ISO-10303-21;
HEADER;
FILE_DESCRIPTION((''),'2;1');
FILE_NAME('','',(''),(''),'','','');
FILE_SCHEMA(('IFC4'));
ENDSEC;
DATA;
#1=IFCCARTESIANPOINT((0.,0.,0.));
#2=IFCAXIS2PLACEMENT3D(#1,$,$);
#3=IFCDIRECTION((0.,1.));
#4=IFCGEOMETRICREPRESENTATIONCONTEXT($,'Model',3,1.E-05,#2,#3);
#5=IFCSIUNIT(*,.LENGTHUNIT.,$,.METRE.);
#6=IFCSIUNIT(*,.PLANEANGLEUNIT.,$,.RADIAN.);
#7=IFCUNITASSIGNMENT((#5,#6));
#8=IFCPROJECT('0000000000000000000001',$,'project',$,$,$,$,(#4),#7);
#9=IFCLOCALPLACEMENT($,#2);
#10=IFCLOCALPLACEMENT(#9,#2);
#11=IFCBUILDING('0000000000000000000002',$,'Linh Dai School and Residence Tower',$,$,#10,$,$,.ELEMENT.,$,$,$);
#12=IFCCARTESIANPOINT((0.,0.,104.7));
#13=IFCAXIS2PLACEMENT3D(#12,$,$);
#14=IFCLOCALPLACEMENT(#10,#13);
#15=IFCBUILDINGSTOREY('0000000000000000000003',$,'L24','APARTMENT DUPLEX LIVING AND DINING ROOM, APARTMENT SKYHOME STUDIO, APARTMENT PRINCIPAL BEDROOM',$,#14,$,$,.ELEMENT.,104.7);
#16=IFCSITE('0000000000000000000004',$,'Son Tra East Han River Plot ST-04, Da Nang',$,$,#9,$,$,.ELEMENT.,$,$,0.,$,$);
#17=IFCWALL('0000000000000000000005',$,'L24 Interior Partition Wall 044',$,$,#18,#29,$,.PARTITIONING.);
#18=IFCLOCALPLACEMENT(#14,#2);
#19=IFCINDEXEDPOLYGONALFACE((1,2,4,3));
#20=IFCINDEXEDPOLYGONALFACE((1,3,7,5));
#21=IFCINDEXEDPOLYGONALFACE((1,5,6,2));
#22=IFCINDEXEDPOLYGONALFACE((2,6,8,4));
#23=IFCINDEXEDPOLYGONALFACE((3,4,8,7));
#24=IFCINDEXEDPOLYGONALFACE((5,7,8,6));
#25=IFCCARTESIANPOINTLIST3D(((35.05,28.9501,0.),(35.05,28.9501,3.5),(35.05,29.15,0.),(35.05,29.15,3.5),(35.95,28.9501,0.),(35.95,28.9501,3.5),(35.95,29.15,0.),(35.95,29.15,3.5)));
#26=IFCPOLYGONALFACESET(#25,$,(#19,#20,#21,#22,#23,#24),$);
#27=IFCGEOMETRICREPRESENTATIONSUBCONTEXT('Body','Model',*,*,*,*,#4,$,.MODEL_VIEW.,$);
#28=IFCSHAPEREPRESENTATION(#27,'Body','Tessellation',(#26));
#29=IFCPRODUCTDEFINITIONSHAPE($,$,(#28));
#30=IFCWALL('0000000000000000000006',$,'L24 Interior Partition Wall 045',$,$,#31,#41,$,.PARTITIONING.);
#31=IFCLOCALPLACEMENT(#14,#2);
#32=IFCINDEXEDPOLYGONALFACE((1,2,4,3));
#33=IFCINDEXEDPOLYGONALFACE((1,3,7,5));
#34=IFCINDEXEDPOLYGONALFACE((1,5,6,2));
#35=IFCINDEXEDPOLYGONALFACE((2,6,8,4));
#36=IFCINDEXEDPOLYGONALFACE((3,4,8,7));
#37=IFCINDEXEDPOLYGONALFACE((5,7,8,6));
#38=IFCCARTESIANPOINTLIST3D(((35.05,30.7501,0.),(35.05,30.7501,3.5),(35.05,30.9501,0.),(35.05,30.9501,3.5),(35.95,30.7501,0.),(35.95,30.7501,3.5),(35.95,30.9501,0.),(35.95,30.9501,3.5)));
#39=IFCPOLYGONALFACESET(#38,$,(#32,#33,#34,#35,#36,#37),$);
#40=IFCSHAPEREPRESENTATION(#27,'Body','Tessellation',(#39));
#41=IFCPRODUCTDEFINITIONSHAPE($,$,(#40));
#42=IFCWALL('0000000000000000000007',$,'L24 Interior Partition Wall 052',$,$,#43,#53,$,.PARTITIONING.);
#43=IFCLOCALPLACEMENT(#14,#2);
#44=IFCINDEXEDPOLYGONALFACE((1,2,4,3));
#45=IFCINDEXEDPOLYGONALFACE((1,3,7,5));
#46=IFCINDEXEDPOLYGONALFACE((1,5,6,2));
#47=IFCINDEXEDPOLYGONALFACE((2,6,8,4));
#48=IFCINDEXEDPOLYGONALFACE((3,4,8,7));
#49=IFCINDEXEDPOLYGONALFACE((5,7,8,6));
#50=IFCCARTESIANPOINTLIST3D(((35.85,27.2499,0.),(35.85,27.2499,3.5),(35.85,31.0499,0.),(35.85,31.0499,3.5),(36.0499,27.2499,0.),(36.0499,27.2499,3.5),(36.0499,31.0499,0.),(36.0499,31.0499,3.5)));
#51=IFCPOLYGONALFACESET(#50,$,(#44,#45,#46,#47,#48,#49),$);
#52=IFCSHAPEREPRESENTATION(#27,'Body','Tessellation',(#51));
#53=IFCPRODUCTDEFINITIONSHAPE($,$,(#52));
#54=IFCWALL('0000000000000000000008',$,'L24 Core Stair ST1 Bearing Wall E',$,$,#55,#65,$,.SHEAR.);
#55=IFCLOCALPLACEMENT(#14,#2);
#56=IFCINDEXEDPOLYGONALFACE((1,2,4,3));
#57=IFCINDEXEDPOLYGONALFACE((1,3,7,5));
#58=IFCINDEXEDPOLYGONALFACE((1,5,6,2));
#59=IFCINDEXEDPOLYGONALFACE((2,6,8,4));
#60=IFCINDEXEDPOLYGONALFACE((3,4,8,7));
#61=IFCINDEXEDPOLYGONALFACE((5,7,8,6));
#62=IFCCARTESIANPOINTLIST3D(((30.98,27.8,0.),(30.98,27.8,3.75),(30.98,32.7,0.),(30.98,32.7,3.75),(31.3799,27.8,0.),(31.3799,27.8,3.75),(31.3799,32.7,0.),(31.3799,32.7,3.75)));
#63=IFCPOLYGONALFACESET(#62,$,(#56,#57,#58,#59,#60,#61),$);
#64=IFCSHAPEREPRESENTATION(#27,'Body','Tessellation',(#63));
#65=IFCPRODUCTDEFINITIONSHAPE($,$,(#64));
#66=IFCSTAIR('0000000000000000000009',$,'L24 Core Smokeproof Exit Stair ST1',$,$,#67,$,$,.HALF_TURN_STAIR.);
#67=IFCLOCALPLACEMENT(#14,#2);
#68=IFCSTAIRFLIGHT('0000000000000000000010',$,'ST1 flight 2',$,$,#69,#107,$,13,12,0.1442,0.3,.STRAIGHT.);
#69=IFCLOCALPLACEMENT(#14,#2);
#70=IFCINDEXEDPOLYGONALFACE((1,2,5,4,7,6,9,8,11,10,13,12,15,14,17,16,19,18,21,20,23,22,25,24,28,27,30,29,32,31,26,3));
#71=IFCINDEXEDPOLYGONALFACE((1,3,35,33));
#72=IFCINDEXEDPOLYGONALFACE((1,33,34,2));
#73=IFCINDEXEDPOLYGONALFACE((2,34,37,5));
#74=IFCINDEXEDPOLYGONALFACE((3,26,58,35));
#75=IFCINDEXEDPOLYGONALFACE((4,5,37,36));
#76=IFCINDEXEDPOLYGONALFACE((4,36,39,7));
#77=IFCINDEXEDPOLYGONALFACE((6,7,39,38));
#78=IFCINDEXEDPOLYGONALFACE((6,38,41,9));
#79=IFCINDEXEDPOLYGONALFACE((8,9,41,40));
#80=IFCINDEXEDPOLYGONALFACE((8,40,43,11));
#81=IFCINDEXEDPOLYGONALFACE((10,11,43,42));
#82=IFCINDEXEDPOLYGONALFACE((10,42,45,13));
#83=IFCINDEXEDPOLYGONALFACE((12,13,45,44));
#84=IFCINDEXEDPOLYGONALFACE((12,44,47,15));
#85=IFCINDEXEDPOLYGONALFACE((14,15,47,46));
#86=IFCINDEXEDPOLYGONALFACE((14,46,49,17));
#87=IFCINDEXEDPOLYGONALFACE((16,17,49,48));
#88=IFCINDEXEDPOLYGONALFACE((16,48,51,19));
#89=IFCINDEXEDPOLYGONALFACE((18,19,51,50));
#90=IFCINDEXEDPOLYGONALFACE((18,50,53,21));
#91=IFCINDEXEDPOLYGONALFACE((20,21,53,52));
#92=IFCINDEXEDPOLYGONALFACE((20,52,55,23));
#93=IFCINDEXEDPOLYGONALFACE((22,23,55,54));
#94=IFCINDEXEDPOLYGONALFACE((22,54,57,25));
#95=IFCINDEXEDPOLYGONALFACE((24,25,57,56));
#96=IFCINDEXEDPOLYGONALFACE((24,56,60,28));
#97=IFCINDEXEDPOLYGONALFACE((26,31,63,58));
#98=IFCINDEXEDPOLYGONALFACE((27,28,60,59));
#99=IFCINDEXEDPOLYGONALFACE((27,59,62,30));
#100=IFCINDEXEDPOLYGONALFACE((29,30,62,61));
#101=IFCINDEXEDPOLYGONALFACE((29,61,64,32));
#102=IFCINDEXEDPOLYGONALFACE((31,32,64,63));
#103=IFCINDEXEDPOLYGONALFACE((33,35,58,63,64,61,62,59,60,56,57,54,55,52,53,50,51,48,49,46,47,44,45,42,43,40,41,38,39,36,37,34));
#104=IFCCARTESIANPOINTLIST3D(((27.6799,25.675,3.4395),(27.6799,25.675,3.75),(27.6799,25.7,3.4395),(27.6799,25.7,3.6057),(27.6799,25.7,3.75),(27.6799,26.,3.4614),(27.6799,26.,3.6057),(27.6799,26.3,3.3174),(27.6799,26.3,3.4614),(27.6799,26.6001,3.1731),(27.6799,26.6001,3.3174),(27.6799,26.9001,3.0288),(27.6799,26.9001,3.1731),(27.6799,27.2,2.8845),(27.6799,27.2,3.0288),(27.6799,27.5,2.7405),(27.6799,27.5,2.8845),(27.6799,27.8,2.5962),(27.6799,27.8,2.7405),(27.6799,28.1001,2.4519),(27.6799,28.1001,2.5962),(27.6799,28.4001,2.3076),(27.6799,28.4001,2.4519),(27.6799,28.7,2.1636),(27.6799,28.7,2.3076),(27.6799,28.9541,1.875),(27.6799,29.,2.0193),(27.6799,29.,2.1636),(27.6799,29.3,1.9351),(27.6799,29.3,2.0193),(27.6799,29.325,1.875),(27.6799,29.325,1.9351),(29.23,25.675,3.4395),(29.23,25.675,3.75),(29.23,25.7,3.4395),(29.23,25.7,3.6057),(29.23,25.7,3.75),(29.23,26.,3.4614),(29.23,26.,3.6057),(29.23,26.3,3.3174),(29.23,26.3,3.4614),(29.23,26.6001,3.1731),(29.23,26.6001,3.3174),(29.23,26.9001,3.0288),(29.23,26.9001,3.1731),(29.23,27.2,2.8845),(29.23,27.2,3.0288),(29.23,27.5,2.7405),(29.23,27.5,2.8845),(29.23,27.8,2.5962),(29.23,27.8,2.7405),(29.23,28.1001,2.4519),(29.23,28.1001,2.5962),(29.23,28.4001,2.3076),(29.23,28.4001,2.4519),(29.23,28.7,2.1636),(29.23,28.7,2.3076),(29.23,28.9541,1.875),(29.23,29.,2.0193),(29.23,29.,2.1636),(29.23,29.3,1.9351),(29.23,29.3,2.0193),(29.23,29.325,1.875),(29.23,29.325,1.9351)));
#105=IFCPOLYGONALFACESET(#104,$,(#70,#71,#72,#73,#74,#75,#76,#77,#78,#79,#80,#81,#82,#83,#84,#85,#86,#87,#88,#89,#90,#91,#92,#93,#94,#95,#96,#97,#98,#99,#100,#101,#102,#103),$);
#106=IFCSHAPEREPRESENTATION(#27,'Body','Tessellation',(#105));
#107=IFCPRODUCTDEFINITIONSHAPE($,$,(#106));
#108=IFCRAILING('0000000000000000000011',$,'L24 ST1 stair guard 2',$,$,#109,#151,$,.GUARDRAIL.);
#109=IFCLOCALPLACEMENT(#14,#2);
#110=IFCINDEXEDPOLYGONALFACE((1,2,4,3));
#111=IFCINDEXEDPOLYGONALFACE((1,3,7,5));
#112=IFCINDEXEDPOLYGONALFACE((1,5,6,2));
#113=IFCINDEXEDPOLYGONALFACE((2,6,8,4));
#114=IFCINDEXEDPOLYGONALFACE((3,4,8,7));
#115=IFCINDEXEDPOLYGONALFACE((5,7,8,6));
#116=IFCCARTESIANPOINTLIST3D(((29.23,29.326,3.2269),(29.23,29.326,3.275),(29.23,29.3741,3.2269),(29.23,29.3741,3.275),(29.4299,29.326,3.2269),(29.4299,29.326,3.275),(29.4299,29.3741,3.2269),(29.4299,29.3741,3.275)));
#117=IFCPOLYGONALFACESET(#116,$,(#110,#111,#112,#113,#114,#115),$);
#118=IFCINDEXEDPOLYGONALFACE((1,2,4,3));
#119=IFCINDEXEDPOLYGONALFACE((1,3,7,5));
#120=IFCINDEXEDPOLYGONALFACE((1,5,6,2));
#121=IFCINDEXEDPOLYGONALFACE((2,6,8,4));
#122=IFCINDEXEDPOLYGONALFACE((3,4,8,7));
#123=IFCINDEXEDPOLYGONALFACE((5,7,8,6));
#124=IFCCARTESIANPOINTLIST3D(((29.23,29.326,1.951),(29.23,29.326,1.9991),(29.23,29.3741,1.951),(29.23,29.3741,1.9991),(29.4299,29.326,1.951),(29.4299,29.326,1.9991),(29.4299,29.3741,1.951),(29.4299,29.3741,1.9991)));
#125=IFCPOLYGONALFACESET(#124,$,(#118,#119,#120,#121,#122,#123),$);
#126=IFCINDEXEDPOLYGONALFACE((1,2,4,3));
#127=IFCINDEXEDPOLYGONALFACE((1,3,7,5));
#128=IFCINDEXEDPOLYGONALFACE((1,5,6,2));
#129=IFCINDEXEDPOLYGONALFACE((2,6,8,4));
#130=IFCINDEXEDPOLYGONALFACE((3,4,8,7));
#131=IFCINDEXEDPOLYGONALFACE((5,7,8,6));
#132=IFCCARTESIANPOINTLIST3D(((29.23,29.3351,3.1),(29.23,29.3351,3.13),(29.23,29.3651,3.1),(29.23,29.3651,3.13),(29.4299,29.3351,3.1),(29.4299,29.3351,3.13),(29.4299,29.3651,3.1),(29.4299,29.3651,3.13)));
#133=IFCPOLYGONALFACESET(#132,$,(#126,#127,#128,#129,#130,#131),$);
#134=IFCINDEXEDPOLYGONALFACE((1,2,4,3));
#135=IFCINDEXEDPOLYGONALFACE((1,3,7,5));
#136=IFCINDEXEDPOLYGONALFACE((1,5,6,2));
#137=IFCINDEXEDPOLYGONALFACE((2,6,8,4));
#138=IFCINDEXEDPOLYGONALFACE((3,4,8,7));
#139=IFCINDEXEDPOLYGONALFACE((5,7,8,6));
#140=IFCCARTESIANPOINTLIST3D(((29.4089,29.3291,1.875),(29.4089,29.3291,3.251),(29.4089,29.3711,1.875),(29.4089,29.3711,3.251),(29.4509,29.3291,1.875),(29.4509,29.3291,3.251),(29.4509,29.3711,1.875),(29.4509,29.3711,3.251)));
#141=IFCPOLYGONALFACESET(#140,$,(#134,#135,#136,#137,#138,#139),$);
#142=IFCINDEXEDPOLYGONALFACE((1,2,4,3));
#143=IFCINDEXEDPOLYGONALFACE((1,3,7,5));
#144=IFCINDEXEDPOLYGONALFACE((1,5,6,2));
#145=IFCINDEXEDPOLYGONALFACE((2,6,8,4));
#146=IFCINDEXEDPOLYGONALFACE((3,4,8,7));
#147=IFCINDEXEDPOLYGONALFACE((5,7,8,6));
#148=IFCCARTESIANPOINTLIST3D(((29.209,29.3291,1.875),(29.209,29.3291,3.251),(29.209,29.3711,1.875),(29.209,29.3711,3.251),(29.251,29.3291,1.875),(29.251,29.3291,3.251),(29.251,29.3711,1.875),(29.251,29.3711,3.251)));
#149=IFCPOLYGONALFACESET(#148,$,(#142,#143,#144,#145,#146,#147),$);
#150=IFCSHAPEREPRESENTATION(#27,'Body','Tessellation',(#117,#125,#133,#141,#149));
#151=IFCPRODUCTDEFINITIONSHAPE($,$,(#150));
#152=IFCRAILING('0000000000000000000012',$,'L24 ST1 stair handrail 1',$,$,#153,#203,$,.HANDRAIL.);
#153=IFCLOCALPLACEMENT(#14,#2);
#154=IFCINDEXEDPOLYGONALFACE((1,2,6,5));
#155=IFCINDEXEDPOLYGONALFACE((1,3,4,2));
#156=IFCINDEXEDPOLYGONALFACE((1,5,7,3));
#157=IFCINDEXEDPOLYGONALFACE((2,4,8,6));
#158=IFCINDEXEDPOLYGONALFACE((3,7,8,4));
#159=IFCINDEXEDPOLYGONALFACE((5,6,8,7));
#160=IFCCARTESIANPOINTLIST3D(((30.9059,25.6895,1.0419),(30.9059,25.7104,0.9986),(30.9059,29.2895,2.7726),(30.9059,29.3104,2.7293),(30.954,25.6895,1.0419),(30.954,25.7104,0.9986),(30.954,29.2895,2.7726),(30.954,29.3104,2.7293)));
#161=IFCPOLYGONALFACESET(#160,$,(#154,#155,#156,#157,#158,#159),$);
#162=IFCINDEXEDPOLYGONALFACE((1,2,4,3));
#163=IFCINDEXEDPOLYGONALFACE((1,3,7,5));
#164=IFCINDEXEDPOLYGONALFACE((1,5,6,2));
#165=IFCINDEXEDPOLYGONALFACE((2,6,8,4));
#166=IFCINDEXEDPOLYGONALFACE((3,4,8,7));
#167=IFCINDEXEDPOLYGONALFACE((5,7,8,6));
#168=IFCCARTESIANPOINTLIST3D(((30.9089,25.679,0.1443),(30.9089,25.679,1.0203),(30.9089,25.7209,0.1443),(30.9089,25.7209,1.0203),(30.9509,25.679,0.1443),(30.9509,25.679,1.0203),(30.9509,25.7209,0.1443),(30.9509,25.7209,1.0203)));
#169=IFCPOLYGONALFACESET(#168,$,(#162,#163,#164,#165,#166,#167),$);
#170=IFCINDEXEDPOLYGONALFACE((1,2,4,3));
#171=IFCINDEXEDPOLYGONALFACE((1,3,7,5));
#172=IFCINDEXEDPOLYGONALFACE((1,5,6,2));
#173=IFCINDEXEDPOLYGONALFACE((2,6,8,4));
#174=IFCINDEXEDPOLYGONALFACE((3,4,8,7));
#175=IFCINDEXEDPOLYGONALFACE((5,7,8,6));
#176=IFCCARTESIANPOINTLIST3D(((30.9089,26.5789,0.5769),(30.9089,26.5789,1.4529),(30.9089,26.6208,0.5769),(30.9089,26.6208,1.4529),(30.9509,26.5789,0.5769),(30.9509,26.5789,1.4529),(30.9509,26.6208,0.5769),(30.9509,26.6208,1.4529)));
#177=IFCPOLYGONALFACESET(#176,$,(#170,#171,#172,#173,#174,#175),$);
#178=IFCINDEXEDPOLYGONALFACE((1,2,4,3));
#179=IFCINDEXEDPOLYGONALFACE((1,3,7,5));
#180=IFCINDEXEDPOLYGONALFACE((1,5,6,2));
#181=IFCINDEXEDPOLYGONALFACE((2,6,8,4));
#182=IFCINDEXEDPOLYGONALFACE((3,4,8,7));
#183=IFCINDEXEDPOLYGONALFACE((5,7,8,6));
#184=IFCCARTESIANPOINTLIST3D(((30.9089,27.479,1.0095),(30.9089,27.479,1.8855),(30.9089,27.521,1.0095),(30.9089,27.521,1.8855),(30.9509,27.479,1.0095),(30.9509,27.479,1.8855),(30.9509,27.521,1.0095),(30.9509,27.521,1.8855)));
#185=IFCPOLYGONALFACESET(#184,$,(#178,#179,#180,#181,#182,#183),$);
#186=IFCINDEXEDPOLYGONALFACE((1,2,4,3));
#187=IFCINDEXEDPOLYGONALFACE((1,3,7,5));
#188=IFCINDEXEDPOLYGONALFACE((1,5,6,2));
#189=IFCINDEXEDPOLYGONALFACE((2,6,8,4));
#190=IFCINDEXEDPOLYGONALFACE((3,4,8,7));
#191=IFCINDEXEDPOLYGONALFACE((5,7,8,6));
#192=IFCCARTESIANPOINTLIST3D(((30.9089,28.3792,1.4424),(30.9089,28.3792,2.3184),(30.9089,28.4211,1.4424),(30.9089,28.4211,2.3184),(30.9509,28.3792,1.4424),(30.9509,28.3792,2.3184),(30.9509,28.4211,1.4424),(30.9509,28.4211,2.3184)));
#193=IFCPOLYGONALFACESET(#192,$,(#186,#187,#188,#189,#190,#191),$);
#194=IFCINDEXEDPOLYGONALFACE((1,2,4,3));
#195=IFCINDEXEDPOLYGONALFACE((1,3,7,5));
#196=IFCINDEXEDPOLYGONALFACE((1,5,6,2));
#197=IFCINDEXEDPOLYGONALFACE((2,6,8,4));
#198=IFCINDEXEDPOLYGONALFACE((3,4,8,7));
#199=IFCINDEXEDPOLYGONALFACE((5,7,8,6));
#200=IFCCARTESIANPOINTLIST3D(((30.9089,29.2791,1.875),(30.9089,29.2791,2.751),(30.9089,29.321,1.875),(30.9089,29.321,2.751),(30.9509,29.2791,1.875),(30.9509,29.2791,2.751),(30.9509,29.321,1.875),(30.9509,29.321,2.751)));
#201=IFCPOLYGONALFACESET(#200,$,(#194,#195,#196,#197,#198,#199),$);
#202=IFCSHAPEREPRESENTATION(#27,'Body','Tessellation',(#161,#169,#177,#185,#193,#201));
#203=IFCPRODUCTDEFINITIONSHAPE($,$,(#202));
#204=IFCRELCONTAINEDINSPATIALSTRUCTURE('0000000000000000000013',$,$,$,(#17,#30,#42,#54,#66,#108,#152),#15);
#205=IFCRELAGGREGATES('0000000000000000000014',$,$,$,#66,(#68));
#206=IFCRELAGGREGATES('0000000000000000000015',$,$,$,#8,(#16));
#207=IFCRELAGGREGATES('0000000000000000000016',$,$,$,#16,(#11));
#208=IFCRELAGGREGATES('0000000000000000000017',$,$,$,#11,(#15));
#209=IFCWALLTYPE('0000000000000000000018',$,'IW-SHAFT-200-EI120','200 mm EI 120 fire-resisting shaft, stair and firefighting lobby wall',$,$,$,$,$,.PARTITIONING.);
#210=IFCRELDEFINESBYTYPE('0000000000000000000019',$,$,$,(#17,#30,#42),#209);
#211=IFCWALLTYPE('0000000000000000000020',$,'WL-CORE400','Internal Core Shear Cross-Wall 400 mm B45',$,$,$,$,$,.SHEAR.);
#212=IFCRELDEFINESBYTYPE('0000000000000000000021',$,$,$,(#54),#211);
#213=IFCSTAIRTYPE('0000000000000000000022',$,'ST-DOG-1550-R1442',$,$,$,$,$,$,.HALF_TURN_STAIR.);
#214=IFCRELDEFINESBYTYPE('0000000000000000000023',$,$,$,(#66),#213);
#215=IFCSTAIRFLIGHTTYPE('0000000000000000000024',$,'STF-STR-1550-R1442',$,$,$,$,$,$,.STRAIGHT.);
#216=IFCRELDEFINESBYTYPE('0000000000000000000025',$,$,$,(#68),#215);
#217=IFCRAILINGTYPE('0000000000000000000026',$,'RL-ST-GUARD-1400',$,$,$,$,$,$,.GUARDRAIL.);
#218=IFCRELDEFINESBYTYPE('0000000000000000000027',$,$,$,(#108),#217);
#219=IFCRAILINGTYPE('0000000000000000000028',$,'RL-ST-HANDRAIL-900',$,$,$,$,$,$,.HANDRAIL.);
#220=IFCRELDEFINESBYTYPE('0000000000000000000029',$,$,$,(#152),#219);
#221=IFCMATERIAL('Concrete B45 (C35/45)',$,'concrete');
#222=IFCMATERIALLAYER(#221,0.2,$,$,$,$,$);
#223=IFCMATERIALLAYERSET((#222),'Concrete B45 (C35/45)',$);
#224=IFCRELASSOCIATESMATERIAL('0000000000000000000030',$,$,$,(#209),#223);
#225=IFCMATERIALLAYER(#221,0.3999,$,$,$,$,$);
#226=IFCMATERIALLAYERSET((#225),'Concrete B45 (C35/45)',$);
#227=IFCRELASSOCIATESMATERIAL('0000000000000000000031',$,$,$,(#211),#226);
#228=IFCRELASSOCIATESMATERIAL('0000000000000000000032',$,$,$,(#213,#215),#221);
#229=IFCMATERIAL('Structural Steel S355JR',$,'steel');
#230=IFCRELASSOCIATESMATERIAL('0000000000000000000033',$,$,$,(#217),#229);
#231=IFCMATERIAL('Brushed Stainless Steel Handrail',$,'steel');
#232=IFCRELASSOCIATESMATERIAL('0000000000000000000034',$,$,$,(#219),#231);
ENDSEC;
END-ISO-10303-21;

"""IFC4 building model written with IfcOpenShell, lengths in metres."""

from ifc_helpers import new_model, si_unit, direction, frame, frame_2d, origin, origin_2d, place, context, subcontext, project, spatial, polyline, rectangle, outline, extrude, source, transform, mapped, material, layer, layer_set, type_object, element, aggregate, save


model = new_model("IFC4")

# Units and contexts
model_context = context("Model", 3, precision=1e-05, world=origin(), true_north=direction((0.0, 1.0)))
body_context = subcontext(model_context, "Body", "Model", "MODEL_VIEW")
ifc_project = project(units=[si_unit("LENGTHUNIT", "METRE"), si_unit("PLANEANGLEUNIT", "RADIAN")], contexts=[model_context])

# Site, building, storey
site_placement = place(None, origin())
site = spatial("IfcSite", under=ifc_project, at=site_placement, Name="Son Tra East Han River Plot ST-04, Da Nang", CompositionType="ELEMENT", RefElevation=0.0)
building_placement = place(site_placement, origin())
building = spatial("IfcBuilding", under=site, at=building_placement, Name="Linh Dai School and Residence Tower", CompositionType="ELEMENT")
storey_placement = place(building_placement, frame((0.0, 0.0, 104.7)))
storey = spatial("IfcBuildingStorey", under=building, at=storey_placement, Name="L24", Description="APARTMENT DUPLEX LIVING AND DINING ROOM, APARTMENT SKYHOME STUDIO, APARTMENT PRINCIPAL BEDROOM", CompositionType="ELEMENT", Elevation=104.7)

# Shared definitions
ifc_material_1 = material(Name="Structural Steel S355JR", Category="steel")

# Shared definitions
ifc_material_2 = material(Name="Concrete B45 (C35/45)", Category="concrete")
ifc_layer_1 = layer(ifc_material_2, 0.2)
ifc_layer_set_1 = layer_set([ifc_layer_1], Name="Concrete B45 (C35/45)")
wall_type_1 = type_object("IfcWallType", Name="IW-SHAFT-200-EI120", Description="200 mm EI 120 fire-resisting shaft, stair and firefighting lobby wall", PredefinedType="PARTITIONING", material=ifc_layer_set_1)

# Walls
for number, where, z_axis, x_axis, name in (
    (1, (35.05, 29.05, 0.0), (0.0, 0.0, 1.0), (1.0, 0.0, 0.0), "L24 Interior Partition Wall 044"),
    (2, (35.05, 30.8501, 0.0), (0.0, 0.0, 1.0), (1.0, 0.0, 0.0), "L24 Interior Partition Wall 045"),
):
    element("IfcWall", number, at=place(storey_placement, frame(where, z_axis=z_axis, x_axis=x_axis)), inside=storey, type_object=wall_type_1, Name=name, PredefinedType="PARTITIONING", context=body_context, shape_type="SweptSolid", body=[
        extrude(rectangle(XDim=0.8999, YDim=0.2, at=frame_2d((0.45, 0.0))), origin(), (0.0, 0.0, 1.0), 3.5),
    ])
wall_1_placement = place(storey_placement, frame((35.95, 27.25, 0.0), z_axis=(0.0, 0.0, 1.0), x_axis=(0.0, 1.0, 0.0)))
element("IfcWall", 3, at=wall_1_placement, inside=storey, type_object=wall_type_1, Name="L24 Interior Partition Wall 052", PredefinedType="PARTITIONING", context=body_context, shape_type="SweptSolid", body=[
    extrude(rectangle(XDim=3.8, YDim=0.2, at=frame_2d((1.8999, 0.0))), origin(), (0.0, 0.0, 1.0), 3.5),
])

# Wall
ifc_layer_2 = layer(ifc_material_2, 0.3999)
ifc_layer_set_2 = layer_set([ifc_layer_2], Name="Concrete B45 (C35/45)")
wall_type_2 = type_object("IfcWallType", Name="WL-CORE400", Description="Internal Core Shear Cross-Wall 400 mm B45", PredefinedType="SHEAR", material=ifc_layer_set_2)
wall_2_placement = place(storey_placement, frame((31.1799, 27.8, 0.0), z_axis=(0.0, 0.0, 1.0), x_axis=(0.0, 1.0, 0.0)))
element("IfcWall", 4, at=wall_2_placement, inside=storey, type_object=wall_type_2, Name="L24 Core Stair ST1 Bearing Wall E", PredefinedType="SHEAR", context=body_context, shape_type="SweptSolid", body=[
    extrude(rectangle(XDim=4.8999, YDim=0.3999, at=frame_2d((2.45, 0.0))), origin(), (0.0, 0.0, 1.0), 3.75),
])

# Stair, stair flight
stair_type = type_object("IfcStairType", Name="ST-DOG-1550-R1442", PredefinedType="HALF_TURN_STAIR", material=ifc_material_2)
stair_placement = place(storey_placement, origin())
stair = element("IfcStair", 5, at=stair_placement, inside=storey, type_object=stair_type, Name="L24 Core Smokeproof Exit Stair ST1", PredefinedType="HALF_TURN_STAIR")
stair_flight_type = type_object("IfcStairFlightType", Name="STF-STR-1550-R1442", PredefinedType="STRAIGHT", material=ifc_material_2)
shared_shape_1 = source(origin(), body_context, "Body", "SweptSolid", [
    extrude(outline(polyline([(-0.0249, 0.0), (-0.0249, 0.0601), (0.0, 0.0601), (0.0, 0.1443), (0.3, 0.1443), (0.3, 0.2886), (0.6001, 0.2886), (0.6001, 0.4326), (0.8999, 0.4326), (0.8999, 0.5769), (1.2, 0.5769), (1.2, 0.7212), (1.5, 0.7212), (1.5, 0.8655), (1.8, 0.8655), (1.8, 1.0095), (2.1001, 1.0095), (2.1001, 1.1538), (2.3999, 1.1538), (2.3999, 1.2981), (2.7, 1.2981), (2.7, 1.4424), (3.0, 1.4424), (3.0, 1.5864), (3.3, 1.5864), (3.3, 1.7307), (3.6001, 1.7307), (3.6001, 1.875), (3.625, 1.875), (3.625, 1.5645), (3.6001, 1.5645), (0.3459, 0.0), (-0.0249, 0.0)])), frame((0.0, 0.7749, 0.0), z_axis=(0.0, -1.0, 0.0), x_axis=(1.0, 0.0, 0.0)), (0.0, 0.0, 1.0), 1.55),
])
stair_flight_placement = place(storey_placement, frame((28.4551, 29.3, 1.875), z_axis=(0.0, 0.0, 1.0), x_axis=(0.0, -1.0, 0.0)))
stair_flight = element("IfcStairFlight", 6, at=stair_flight_placement, type_object=stair_flight_type, Name="ST1 flight 2", NumberOfRisers=13, NumberOfTreads=12, PredefinedType="STRAIGHT", RiserHeight=0.1442, TreadLength=0.3, context=body_context, shape_type="MappedRepresentation", body=[
    mapped(shared_shape_1, transform((0.0, 0.0, 0.0), x_axis=(1.0, 0.0, 0.0), y_axis=(0.0, 1.0, 0.0), z_axis=(0.0, 0.0, 1.0), scale=1.0)),
])
aggregate(stair, [stair_flight])

# Railings
railing_type_1 = type_object("IfcRailingType", Name="RL-ST-GUARD-1400", PredefinedType="GUARDRAIL", material=ifc_material_1)
shared_shape_2 = source(origin(), body_context, "Body", "SweptSolid", [
    extrude(rectangle(XDim=0.0481, YDim=0.0481, at=origin_2d()), frame((0.0, 0.0, 1.376), z_axis=(-1.0, 0.0, 0.0), x_axis=(0.0, -1.0, 0.0)), (0.0, 0.0, 1.0), 0.2),
    extrude(rectangle(XDim=0.0481, YDim=0.0481, at=origin_2d()), frame((0.0, 0.0, 0.1001), z_axis=(-1.0, 0.0, 0.0), x_axis=(0.0, -1.0, 0.0)), (0.0, 0.0, 1.0), 0.2),
    extrude(rectangle(XDim=0.03, YDim=0.03, at=origin_2d()), frame((0.0, 0.0, 1.24), z_axis=(-1.0, 0.0, 0.0), x_axis=(0.0, -1.0, 0.0)), (0.0, 0.0, 1.0), 0.2),
    extrude(rectangle(XDim=0.042, YDim=0.042, at=origin_2d()), origin(), (0.0, 0.0, 1.0), 1.376),
    extrude(rectangle(XDim=0.042, YDim=0.042, at=origin_2d()), frame((-0.2, 0.0, 0.0)), (0.0, 0.0, 1.0), 1.376),
])
railing_1_placement = place(storey_placement, frame((29.4299, 29.3501, 1.875)))
element("IfcRailing", 7, at=railing_1_placement, inside=storey, type_object=railing_type_1, Name="L24 ST1 stair guard 2", PredefinedType="GUARDRAIL", context=body_context, shape_type="MappedRepresentation", body=[
    mapped(shared_shape_2, transform((0.0, 0.0, 0.0), x_axis=(1.0, 0.0, 0.0), y_axis=(0.0, 1.0, 0.0), z_axis=(0.0, 0.0, 1.0), scale=1.0)),
])
ifc_material_3 = material(Name="Brushed Stainless Steel Handrail", Category="steel")
railing_type_2 = type_object("IfcRailingType", Name="RL-ST-HANDRAIL-900", PredefinedType="HANDRAIL", material=ifc_material_3)
shared_shape_3 = source(origin(), body_context, "Body", "SweptSolid", [
    extrude(rectangle(XDim=0.0481, YDim=0.0481, at=origin_2d()), frame((0.0, 0.0, 0.876), z_axis=(0.0, 0.901263, 0.433273), x_axis=(-1.0, 0.0, 0.0)), (0.0, 0.0, 1.0), 3.9944),
    extrude(rectangle(XDim=0.042, YDim=0.042, at=origin_2d()), origin(), (0.0, 0.0, 1.0), 0.876),
    extrude(rectangle(XDim=0.042, YDim=0.042, at=origin_2d()), frame((0.0, 0.8999, 0.4326)), (0.0, 0.0, 1.0), 0.876),
    extrude(rectangle(XDim=0.042, YDim=0.042, at=origin_2d()), frame((0.0, 1.8, 0.8652)), (0.0, 0.0, 1.0), 0.876),
    extrude(rectangle(XDim=0.042, YDim=0.042, at=origin_2d()), frame((0.0, 2.7002, 1.2981)), (0.0, 0.0, 1.0), 0.876),
    extrude(rectangle(XDim=0.042, YDim=0.042, at=origin_2d()), frame((0.0, 3.6001, 1.7307)), (0.0, 0.0, 1.0), 0.876),
])
railing_2_placement = place(storey_placement, frame((30.9299, 25.7, 0.1443)))
element("IfcRailing", 8, at=railing_2_placement, inside=storey, type_object=railing_type_2, Name="L24 ST1 stair handrail 1", PredefinedType="HANDRAIL", context=body_context, shape_type="MappedRepresentation", body=[
    mapped(shared_shape_3, transform((0.0, 0.0, 0.0), x_axis=(1.0, 0.0, 0.0), y_axis=(0.0, 1.0, 0.0), z_axis=(0.0, 0.0, 1.0), scale=1.0)),
])

save(model, "model.ifc")
